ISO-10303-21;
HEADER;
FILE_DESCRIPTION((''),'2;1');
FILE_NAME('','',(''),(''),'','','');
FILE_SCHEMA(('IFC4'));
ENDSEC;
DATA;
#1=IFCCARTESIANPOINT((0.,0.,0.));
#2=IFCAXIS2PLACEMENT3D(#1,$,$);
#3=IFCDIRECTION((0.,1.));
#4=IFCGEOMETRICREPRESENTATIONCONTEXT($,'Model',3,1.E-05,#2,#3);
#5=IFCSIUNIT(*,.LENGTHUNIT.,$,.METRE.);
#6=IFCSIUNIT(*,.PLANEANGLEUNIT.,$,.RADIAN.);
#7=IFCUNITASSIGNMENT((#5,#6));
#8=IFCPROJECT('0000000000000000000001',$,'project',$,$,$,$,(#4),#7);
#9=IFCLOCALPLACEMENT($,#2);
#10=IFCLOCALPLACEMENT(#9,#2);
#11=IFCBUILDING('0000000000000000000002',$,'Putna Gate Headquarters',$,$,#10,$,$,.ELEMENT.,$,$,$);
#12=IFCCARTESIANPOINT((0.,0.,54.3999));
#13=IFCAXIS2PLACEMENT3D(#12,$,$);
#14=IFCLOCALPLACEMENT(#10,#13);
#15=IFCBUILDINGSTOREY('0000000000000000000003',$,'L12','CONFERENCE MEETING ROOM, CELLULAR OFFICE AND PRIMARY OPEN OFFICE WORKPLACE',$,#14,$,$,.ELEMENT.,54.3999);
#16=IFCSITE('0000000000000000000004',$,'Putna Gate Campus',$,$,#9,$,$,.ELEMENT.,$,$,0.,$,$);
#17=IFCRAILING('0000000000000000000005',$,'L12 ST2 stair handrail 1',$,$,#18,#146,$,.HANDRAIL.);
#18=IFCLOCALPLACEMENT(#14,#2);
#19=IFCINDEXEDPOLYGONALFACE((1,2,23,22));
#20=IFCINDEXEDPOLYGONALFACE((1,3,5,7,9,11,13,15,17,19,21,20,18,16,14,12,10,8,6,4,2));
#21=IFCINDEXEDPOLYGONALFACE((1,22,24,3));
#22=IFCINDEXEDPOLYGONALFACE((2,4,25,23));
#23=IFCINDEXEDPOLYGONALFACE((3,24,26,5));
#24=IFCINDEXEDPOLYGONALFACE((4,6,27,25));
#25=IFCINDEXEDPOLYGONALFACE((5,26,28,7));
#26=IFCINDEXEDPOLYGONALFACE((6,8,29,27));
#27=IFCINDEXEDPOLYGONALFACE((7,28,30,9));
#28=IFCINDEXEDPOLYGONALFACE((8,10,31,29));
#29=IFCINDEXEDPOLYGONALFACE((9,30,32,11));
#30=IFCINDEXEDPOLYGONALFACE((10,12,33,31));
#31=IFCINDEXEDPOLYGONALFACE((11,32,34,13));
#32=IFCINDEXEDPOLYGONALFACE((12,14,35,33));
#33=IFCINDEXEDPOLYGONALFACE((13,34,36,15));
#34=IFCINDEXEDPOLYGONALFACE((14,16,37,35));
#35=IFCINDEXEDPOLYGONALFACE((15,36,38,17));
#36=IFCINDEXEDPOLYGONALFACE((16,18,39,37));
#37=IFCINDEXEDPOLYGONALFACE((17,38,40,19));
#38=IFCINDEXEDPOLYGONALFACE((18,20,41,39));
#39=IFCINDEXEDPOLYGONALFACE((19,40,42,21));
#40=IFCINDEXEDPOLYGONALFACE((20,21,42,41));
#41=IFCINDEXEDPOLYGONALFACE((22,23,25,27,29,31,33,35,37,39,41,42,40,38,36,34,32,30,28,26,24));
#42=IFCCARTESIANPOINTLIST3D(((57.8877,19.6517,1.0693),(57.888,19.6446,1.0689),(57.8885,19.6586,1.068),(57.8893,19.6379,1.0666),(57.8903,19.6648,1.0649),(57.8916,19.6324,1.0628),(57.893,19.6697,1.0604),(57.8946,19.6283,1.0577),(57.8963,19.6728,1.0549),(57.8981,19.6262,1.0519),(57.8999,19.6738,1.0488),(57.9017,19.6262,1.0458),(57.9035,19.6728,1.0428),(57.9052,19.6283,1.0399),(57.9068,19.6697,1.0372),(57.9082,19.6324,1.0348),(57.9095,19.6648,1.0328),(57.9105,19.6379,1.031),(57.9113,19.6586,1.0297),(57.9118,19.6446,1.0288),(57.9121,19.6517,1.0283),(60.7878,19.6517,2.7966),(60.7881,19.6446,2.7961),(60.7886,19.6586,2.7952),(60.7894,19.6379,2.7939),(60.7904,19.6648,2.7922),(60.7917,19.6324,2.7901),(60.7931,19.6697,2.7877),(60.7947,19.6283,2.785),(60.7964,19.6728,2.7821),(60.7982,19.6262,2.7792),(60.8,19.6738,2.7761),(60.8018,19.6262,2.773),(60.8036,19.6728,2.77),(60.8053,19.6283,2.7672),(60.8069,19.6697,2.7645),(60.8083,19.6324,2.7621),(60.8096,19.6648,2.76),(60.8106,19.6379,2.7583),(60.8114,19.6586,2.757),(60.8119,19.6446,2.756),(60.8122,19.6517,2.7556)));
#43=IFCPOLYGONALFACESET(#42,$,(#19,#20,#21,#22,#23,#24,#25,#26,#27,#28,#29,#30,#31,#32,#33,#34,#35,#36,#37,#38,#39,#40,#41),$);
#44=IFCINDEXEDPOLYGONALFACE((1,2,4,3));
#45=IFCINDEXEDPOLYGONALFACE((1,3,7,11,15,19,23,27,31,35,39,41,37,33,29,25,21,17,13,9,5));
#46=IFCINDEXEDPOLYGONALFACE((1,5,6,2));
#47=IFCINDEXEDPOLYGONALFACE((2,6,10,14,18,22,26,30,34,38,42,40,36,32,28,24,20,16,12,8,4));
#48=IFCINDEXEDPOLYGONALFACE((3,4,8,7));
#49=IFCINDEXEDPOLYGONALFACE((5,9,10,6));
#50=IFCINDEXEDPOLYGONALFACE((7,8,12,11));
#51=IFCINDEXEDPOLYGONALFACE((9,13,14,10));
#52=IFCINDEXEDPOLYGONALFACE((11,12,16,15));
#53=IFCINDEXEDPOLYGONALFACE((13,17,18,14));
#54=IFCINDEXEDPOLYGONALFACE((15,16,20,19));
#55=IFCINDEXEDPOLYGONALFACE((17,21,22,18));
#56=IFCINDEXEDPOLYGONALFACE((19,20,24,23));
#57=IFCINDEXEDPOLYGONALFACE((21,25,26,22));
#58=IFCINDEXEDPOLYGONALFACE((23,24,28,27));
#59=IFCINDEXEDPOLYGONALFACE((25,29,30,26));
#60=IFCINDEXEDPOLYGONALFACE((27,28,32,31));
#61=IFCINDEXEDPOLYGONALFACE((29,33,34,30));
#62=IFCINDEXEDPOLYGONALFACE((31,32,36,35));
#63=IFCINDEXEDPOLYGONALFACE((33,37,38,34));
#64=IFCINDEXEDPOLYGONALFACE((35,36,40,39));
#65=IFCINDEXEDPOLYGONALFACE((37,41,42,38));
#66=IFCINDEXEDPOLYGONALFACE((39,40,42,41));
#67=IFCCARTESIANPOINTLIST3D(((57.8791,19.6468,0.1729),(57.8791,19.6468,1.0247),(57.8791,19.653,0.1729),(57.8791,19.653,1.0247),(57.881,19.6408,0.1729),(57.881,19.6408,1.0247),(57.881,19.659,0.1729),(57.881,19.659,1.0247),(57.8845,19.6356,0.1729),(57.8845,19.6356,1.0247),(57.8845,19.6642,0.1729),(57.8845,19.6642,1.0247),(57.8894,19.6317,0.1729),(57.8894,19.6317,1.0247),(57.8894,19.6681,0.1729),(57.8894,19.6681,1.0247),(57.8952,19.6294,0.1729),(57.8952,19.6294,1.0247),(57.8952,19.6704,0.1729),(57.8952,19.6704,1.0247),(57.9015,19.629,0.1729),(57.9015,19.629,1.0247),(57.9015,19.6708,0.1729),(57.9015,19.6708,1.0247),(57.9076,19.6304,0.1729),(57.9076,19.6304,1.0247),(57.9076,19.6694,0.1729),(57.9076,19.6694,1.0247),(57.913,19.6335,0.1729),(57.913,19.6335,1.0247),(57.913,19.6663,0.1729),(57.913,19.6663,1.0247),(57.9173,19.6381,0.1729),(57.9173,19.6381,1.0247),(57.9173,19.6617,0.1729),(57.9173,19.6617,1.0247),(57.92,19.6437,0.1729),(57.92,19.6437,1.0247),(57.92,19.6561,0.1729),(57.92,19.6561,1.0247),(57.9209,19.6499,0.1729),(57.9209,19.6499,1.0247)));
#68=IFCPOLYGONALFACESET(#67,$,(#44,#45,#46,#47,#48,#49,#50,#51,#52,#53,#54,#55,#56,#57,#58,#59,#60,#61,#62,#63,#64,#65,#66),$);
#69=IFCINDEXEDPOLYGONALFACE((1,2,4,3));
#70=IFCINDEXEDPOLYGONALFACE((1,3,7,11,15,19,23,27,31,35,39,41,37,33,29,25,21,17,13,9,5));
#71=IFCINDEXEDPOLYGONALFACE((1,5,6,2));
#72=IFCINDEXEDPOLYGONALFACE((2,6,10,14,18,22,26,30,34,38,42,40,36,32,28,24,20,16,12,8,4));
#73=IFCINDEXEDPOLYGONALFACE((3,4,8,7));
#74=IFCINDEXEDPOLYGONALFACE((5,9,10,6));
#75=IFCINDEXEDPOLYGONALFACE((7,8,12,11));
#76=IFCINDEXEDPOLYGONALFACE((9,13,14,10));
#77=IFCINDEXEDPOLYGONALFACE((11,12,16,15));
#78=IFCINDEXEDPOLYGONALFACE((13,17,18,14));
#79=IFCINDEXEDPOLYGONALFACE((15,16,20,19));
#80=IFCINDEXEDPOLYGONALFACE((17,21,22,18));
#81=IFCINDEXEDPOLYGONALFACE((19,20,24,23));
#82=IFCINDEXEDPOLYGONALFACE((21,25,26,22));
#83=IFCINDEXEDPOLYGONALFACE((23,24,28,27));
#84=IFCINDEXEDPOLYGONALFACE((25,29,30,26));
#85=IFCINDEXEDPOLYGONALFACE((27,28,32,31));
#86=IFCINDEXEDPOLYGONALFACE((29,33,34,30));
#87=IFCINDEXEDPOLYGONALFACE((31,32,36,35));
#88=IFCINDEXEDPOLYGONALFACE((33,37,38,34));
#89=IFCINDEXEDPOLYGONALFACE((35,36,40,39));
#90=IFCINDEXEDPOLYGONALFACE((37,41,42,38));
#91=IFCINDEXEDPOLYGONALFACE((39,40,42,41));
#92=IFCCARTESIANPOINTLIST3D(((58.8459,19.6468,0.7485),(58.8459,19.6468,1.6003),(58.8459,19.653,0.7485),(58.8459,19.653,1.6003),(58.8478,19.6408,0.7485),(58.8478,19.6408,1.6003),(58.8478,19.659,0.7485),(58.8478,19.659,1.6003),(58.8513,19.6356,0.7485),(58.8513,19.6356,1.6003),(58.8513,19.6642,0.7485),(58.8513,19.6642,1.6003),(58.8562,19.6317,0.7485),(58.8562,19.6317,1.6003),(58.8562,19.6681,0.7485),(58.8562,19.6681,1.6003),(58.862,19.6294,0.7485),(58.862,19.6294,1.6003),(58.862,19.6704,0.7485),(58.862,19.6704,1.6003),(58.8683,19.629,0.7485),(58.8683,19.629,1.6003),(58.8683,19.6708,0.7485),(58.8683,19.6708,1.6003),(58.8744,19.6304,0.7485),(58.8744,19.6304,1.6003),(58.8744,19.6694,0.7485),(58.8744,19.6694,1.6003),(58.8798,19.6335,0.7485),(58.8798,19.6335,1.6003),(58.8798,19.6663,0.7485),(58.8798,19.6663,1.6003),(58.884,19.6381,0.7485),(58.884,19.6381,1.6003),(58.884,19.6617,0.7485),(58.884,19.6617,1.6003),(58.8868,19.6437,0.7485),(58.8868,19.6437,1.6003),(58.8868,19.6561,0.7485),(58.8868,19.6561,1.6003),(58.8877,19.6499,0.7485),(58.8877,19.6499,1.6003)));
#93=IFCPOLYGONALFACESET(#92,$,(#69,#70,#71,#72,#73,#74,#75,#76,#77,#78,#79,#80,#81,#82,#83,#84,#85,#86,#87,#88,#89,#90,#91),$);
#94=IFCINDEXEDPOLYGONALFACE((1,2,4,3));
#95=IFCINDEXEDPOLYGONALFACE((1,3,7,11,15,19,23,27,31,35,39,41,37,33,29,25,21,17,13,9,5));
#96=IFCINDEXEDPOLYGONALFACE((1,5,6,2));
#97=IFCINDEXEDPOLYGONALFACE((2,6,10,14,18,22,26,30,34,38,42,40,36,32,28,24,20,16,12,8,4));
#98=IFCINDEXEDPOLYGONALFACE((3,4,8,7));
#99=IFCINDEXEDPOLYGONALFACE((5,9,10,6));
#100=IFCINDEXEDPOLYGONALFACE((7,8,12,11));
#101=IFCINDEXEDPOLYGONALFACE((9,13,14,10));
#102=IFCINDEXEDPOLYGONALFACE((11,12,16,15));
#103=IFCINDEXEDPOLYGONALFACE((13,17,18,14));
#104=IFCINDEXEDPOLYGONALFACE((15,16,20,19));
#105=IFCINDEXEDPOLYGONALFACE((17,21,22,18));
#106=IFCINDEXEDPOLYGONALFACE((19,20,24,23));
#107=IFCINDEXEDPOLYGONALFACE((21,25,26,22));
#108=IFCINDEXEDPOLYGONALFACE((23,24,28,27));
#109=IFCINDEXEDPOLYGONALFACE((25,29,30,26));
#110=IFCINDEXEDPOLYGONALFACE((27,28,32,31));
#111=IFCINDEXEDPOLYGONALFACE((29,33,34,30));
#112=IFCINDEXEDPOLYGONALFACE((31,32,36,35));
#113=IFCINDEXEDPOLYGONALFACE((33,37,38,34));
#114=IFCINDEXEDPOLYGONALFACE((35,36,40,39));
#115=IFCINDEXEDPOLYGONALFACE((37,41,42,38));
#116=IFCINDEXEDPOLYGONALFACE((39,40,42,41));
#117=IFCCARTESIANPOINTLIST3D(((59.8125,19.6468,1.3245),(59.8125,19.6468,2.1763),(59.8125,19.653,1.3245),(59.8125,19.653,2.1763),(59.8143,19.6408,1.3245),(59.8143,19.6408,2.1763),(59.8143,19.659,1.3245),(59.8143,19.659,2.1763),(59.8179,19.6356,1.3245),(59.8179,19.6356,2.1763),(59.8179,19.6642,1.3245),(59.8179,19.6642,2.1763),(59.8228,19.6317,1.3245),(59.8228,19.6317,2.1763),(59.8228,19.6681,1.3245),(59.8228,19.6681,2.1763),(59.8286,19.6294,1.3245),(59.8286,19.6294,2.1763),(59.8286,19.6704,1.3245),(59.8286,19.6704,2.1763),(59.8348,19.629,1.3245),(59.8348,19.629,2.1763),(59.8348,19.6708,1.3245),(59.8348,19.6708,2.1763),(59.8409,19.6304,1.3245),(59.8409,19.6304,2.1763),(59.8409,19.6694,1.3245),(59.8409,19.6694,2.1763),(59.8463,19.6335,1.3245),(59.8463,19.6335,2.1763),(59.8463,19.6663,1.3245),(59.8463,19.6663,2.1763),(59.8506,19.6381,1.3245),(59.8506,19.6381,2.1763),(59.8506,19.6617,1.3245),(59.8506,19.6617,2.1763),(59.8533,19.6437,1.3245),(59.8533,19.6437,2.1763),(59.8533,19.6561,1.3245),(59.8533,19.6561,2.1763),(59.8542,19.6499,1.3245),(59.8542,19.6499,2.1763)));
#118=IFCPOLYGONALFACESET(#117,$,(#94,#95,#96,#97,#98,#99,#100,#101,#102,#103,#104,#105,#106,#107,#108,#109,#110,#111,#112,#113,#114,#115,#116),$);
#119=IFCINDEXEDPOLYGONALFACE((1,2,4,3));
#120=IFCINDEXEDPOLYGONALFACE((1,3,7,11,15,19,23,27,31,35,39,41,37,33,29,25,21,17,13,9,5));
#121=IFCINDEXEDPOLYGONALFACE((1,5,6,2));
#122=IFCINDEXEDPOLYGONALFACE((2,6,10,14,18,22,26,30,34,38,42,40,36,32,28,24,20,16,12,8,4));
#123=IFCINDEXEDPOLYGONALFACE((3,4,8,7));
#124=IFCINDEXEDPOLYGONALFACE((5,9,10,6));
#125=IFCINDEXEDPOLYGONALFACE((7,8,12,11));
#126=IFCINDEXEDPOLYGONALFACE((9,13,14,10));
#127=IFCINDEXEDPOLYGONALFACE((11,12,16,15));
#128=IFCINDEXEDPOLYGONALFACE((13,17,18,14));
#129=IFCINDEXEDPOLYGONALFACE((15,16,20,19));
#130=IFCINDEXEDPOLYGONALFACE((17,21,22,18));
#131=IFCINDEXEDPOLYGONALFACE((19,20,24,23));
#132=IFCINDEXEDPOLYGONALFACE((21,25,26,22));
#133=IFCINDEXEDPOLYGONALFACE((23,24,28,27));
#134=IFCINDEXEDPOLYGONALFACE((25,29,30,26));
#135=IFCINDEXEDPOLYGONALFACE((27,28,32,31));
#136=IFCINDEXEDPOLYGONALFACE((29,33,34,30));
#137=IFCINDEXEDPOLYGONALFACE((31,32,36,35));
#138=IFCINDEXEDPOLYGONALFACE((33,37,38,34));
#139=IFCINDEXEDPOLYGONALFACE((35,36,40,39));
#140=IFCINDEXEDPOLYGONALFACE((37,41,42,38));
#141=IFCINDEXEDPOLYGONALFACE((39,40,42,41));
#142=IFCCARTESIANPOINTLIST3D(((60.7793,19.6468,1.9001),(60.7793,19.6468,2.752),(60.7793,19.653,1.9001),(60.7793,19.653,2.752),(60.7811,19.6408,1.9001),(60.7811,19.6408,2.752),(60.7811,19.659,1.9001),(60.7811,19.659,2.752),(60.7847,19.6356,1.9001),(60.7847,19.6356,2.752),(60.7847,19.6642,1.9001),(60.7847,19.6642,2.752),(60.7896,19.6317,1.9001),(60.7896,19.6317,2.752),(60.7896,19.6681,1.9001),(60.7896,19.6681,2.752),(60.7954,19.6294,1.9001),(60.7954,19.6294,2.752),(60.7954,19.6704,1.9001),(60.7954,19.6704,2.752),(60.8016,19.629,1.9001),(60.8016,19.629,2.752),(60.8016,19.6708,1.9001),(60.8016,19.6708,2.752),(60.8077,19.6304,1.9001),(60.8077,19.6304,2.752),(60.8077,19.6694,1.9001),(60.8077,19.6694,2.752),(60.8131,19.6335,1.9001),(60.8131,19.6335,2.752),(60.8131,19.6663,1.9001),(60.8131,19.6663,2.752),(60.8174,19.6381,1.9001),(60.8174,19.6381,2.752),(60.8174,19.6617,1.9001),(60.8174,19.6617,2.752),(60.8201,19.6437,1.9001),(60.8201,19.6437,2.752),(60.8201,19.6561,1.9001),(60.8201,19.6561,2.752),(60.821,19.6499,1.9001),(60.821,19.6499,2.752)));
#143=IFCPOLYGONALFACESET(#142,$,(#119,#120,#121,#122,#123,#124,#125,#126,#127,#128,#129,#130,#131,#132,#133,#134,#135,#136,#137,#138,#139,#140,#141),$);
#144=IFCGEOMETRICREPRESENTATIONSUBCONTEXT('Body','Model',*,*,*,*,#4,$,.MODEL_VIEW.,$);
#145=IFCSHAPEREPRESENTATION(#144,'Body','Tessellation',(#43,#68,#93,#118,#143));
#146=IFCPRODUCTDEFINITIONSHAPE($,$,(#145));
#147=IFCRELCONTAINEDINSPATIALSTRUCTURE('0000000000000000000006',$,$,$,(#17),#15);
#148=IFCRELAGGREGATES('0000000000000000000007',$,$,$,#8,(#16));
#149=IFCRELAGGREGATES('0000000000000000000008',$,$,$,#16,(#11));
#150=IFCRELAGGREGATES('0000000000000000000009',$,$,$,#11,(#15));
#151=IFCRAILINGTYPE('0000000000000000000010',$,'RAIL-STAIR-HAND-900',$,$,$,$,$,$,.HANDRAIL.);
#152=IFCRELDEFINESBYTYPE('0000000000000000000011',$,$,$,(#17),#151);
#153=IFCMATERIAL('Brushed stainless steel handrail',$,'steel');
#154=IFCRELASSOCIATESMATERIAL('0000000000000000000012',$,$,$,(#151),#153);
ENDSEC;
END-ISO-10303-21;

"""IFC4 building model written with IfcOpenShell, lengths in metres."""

from ifc_helpers import new_model, si_unit, direction, frame, origin, origin_2d, place, context, subcontext, project, spatial, circle, extrude, material, type_object, element, save


model = new_model("IFC4")

# Units and contexts
model_context = context("Model", 3, precision=1e-05, world=origin(), true_north=direction((0.0, 1.0)))
body_context = subcontext(model_context, "Body", "Model", "MODEL_VIEW")
ifc_project = project(units=[si_unit("LENGTHUNIT", "METRE"), si_unit("PLANEANGLEUNIT", "RADIAN")], contexts=[model_context])

# Site, building, storey
site_placement = place(None, origin())
site = spatial("IfcSite", under=ifc_project, at=site_placement, Name="Putna Gate Campus", CompositionType="ELEMENT", RefElevation=0.0)
building_placement = place(site_placement, origin())
building = spatial("IfcBuilding", under=site, at=building_placement, Name="Putna Gate Headquarters", CompositionType="ELEMENT")
storey_placement = place(building_placement, frame((0.0, 0.0, 54.3999)))
storey = spatial("IfcBuildingStorey", under=building, at=storey_placement, Name="L12", Description="CONFERENCE MEETING ROOM, CELLULAR OFFICE AND PRIMARY OPEN OFFICE WORKPLACE", CompositionType="ELEMENT", Elevation=54.3999)

# Railing
ifc_material_1 = material(Name="Brushed stainless steel handrail", Category="steel")
railing_type_1 = type_object("IfcRailingType", Name="RAIL-STAIR-HAND-900", PredefinedType="HANDRAIL", material=ifc_material_1)
railing_1_placement = place(storey_placement, frame((57.8999, 19.6499, 0.1729)))
element("IfcRailing", 1, at=railing_1_placement, inside=storey, type_object=railing_type_1, Name="L12 ST2 stair handrail 1", PredefinedType="HANDRAIL", context=body_context, shape_type="SweptSolid", body=[
    extrude(circle(Radius=0.0239, at=origin_2d()), frame((0.0, 0.0, 0.876), z_axis=(0.85916, 0.0, 0.511706), x_axis=(0.0, 1.0, 0.0)), (0.0, 0.0, 1.0), 3.3755),
    extrude(circle(Radius=0.021, at=origin_2d()), origin(), (0.0, 0.0, 1.0), 0.8518),
    extrude(circle(Radius=0.021, at=origin_2d()), frame((0.9668, 0.0, 0.5757)), (0.0, 0.0, 1.0), 0.8518),
    extrude(circle(Radius=0.021, at=origin_2d()), frame((1.9333, 0.0, 1.1516)), (0.0, 0.0, 1.0), 0.8518),
    extrude(circle(Radius=0.021, at=origin_2d()), frame((2.9001, 0.0, 1.7273)), (0.0, 0.0, 1.0), 0.8518),
])

save(model, "model.ifc")
